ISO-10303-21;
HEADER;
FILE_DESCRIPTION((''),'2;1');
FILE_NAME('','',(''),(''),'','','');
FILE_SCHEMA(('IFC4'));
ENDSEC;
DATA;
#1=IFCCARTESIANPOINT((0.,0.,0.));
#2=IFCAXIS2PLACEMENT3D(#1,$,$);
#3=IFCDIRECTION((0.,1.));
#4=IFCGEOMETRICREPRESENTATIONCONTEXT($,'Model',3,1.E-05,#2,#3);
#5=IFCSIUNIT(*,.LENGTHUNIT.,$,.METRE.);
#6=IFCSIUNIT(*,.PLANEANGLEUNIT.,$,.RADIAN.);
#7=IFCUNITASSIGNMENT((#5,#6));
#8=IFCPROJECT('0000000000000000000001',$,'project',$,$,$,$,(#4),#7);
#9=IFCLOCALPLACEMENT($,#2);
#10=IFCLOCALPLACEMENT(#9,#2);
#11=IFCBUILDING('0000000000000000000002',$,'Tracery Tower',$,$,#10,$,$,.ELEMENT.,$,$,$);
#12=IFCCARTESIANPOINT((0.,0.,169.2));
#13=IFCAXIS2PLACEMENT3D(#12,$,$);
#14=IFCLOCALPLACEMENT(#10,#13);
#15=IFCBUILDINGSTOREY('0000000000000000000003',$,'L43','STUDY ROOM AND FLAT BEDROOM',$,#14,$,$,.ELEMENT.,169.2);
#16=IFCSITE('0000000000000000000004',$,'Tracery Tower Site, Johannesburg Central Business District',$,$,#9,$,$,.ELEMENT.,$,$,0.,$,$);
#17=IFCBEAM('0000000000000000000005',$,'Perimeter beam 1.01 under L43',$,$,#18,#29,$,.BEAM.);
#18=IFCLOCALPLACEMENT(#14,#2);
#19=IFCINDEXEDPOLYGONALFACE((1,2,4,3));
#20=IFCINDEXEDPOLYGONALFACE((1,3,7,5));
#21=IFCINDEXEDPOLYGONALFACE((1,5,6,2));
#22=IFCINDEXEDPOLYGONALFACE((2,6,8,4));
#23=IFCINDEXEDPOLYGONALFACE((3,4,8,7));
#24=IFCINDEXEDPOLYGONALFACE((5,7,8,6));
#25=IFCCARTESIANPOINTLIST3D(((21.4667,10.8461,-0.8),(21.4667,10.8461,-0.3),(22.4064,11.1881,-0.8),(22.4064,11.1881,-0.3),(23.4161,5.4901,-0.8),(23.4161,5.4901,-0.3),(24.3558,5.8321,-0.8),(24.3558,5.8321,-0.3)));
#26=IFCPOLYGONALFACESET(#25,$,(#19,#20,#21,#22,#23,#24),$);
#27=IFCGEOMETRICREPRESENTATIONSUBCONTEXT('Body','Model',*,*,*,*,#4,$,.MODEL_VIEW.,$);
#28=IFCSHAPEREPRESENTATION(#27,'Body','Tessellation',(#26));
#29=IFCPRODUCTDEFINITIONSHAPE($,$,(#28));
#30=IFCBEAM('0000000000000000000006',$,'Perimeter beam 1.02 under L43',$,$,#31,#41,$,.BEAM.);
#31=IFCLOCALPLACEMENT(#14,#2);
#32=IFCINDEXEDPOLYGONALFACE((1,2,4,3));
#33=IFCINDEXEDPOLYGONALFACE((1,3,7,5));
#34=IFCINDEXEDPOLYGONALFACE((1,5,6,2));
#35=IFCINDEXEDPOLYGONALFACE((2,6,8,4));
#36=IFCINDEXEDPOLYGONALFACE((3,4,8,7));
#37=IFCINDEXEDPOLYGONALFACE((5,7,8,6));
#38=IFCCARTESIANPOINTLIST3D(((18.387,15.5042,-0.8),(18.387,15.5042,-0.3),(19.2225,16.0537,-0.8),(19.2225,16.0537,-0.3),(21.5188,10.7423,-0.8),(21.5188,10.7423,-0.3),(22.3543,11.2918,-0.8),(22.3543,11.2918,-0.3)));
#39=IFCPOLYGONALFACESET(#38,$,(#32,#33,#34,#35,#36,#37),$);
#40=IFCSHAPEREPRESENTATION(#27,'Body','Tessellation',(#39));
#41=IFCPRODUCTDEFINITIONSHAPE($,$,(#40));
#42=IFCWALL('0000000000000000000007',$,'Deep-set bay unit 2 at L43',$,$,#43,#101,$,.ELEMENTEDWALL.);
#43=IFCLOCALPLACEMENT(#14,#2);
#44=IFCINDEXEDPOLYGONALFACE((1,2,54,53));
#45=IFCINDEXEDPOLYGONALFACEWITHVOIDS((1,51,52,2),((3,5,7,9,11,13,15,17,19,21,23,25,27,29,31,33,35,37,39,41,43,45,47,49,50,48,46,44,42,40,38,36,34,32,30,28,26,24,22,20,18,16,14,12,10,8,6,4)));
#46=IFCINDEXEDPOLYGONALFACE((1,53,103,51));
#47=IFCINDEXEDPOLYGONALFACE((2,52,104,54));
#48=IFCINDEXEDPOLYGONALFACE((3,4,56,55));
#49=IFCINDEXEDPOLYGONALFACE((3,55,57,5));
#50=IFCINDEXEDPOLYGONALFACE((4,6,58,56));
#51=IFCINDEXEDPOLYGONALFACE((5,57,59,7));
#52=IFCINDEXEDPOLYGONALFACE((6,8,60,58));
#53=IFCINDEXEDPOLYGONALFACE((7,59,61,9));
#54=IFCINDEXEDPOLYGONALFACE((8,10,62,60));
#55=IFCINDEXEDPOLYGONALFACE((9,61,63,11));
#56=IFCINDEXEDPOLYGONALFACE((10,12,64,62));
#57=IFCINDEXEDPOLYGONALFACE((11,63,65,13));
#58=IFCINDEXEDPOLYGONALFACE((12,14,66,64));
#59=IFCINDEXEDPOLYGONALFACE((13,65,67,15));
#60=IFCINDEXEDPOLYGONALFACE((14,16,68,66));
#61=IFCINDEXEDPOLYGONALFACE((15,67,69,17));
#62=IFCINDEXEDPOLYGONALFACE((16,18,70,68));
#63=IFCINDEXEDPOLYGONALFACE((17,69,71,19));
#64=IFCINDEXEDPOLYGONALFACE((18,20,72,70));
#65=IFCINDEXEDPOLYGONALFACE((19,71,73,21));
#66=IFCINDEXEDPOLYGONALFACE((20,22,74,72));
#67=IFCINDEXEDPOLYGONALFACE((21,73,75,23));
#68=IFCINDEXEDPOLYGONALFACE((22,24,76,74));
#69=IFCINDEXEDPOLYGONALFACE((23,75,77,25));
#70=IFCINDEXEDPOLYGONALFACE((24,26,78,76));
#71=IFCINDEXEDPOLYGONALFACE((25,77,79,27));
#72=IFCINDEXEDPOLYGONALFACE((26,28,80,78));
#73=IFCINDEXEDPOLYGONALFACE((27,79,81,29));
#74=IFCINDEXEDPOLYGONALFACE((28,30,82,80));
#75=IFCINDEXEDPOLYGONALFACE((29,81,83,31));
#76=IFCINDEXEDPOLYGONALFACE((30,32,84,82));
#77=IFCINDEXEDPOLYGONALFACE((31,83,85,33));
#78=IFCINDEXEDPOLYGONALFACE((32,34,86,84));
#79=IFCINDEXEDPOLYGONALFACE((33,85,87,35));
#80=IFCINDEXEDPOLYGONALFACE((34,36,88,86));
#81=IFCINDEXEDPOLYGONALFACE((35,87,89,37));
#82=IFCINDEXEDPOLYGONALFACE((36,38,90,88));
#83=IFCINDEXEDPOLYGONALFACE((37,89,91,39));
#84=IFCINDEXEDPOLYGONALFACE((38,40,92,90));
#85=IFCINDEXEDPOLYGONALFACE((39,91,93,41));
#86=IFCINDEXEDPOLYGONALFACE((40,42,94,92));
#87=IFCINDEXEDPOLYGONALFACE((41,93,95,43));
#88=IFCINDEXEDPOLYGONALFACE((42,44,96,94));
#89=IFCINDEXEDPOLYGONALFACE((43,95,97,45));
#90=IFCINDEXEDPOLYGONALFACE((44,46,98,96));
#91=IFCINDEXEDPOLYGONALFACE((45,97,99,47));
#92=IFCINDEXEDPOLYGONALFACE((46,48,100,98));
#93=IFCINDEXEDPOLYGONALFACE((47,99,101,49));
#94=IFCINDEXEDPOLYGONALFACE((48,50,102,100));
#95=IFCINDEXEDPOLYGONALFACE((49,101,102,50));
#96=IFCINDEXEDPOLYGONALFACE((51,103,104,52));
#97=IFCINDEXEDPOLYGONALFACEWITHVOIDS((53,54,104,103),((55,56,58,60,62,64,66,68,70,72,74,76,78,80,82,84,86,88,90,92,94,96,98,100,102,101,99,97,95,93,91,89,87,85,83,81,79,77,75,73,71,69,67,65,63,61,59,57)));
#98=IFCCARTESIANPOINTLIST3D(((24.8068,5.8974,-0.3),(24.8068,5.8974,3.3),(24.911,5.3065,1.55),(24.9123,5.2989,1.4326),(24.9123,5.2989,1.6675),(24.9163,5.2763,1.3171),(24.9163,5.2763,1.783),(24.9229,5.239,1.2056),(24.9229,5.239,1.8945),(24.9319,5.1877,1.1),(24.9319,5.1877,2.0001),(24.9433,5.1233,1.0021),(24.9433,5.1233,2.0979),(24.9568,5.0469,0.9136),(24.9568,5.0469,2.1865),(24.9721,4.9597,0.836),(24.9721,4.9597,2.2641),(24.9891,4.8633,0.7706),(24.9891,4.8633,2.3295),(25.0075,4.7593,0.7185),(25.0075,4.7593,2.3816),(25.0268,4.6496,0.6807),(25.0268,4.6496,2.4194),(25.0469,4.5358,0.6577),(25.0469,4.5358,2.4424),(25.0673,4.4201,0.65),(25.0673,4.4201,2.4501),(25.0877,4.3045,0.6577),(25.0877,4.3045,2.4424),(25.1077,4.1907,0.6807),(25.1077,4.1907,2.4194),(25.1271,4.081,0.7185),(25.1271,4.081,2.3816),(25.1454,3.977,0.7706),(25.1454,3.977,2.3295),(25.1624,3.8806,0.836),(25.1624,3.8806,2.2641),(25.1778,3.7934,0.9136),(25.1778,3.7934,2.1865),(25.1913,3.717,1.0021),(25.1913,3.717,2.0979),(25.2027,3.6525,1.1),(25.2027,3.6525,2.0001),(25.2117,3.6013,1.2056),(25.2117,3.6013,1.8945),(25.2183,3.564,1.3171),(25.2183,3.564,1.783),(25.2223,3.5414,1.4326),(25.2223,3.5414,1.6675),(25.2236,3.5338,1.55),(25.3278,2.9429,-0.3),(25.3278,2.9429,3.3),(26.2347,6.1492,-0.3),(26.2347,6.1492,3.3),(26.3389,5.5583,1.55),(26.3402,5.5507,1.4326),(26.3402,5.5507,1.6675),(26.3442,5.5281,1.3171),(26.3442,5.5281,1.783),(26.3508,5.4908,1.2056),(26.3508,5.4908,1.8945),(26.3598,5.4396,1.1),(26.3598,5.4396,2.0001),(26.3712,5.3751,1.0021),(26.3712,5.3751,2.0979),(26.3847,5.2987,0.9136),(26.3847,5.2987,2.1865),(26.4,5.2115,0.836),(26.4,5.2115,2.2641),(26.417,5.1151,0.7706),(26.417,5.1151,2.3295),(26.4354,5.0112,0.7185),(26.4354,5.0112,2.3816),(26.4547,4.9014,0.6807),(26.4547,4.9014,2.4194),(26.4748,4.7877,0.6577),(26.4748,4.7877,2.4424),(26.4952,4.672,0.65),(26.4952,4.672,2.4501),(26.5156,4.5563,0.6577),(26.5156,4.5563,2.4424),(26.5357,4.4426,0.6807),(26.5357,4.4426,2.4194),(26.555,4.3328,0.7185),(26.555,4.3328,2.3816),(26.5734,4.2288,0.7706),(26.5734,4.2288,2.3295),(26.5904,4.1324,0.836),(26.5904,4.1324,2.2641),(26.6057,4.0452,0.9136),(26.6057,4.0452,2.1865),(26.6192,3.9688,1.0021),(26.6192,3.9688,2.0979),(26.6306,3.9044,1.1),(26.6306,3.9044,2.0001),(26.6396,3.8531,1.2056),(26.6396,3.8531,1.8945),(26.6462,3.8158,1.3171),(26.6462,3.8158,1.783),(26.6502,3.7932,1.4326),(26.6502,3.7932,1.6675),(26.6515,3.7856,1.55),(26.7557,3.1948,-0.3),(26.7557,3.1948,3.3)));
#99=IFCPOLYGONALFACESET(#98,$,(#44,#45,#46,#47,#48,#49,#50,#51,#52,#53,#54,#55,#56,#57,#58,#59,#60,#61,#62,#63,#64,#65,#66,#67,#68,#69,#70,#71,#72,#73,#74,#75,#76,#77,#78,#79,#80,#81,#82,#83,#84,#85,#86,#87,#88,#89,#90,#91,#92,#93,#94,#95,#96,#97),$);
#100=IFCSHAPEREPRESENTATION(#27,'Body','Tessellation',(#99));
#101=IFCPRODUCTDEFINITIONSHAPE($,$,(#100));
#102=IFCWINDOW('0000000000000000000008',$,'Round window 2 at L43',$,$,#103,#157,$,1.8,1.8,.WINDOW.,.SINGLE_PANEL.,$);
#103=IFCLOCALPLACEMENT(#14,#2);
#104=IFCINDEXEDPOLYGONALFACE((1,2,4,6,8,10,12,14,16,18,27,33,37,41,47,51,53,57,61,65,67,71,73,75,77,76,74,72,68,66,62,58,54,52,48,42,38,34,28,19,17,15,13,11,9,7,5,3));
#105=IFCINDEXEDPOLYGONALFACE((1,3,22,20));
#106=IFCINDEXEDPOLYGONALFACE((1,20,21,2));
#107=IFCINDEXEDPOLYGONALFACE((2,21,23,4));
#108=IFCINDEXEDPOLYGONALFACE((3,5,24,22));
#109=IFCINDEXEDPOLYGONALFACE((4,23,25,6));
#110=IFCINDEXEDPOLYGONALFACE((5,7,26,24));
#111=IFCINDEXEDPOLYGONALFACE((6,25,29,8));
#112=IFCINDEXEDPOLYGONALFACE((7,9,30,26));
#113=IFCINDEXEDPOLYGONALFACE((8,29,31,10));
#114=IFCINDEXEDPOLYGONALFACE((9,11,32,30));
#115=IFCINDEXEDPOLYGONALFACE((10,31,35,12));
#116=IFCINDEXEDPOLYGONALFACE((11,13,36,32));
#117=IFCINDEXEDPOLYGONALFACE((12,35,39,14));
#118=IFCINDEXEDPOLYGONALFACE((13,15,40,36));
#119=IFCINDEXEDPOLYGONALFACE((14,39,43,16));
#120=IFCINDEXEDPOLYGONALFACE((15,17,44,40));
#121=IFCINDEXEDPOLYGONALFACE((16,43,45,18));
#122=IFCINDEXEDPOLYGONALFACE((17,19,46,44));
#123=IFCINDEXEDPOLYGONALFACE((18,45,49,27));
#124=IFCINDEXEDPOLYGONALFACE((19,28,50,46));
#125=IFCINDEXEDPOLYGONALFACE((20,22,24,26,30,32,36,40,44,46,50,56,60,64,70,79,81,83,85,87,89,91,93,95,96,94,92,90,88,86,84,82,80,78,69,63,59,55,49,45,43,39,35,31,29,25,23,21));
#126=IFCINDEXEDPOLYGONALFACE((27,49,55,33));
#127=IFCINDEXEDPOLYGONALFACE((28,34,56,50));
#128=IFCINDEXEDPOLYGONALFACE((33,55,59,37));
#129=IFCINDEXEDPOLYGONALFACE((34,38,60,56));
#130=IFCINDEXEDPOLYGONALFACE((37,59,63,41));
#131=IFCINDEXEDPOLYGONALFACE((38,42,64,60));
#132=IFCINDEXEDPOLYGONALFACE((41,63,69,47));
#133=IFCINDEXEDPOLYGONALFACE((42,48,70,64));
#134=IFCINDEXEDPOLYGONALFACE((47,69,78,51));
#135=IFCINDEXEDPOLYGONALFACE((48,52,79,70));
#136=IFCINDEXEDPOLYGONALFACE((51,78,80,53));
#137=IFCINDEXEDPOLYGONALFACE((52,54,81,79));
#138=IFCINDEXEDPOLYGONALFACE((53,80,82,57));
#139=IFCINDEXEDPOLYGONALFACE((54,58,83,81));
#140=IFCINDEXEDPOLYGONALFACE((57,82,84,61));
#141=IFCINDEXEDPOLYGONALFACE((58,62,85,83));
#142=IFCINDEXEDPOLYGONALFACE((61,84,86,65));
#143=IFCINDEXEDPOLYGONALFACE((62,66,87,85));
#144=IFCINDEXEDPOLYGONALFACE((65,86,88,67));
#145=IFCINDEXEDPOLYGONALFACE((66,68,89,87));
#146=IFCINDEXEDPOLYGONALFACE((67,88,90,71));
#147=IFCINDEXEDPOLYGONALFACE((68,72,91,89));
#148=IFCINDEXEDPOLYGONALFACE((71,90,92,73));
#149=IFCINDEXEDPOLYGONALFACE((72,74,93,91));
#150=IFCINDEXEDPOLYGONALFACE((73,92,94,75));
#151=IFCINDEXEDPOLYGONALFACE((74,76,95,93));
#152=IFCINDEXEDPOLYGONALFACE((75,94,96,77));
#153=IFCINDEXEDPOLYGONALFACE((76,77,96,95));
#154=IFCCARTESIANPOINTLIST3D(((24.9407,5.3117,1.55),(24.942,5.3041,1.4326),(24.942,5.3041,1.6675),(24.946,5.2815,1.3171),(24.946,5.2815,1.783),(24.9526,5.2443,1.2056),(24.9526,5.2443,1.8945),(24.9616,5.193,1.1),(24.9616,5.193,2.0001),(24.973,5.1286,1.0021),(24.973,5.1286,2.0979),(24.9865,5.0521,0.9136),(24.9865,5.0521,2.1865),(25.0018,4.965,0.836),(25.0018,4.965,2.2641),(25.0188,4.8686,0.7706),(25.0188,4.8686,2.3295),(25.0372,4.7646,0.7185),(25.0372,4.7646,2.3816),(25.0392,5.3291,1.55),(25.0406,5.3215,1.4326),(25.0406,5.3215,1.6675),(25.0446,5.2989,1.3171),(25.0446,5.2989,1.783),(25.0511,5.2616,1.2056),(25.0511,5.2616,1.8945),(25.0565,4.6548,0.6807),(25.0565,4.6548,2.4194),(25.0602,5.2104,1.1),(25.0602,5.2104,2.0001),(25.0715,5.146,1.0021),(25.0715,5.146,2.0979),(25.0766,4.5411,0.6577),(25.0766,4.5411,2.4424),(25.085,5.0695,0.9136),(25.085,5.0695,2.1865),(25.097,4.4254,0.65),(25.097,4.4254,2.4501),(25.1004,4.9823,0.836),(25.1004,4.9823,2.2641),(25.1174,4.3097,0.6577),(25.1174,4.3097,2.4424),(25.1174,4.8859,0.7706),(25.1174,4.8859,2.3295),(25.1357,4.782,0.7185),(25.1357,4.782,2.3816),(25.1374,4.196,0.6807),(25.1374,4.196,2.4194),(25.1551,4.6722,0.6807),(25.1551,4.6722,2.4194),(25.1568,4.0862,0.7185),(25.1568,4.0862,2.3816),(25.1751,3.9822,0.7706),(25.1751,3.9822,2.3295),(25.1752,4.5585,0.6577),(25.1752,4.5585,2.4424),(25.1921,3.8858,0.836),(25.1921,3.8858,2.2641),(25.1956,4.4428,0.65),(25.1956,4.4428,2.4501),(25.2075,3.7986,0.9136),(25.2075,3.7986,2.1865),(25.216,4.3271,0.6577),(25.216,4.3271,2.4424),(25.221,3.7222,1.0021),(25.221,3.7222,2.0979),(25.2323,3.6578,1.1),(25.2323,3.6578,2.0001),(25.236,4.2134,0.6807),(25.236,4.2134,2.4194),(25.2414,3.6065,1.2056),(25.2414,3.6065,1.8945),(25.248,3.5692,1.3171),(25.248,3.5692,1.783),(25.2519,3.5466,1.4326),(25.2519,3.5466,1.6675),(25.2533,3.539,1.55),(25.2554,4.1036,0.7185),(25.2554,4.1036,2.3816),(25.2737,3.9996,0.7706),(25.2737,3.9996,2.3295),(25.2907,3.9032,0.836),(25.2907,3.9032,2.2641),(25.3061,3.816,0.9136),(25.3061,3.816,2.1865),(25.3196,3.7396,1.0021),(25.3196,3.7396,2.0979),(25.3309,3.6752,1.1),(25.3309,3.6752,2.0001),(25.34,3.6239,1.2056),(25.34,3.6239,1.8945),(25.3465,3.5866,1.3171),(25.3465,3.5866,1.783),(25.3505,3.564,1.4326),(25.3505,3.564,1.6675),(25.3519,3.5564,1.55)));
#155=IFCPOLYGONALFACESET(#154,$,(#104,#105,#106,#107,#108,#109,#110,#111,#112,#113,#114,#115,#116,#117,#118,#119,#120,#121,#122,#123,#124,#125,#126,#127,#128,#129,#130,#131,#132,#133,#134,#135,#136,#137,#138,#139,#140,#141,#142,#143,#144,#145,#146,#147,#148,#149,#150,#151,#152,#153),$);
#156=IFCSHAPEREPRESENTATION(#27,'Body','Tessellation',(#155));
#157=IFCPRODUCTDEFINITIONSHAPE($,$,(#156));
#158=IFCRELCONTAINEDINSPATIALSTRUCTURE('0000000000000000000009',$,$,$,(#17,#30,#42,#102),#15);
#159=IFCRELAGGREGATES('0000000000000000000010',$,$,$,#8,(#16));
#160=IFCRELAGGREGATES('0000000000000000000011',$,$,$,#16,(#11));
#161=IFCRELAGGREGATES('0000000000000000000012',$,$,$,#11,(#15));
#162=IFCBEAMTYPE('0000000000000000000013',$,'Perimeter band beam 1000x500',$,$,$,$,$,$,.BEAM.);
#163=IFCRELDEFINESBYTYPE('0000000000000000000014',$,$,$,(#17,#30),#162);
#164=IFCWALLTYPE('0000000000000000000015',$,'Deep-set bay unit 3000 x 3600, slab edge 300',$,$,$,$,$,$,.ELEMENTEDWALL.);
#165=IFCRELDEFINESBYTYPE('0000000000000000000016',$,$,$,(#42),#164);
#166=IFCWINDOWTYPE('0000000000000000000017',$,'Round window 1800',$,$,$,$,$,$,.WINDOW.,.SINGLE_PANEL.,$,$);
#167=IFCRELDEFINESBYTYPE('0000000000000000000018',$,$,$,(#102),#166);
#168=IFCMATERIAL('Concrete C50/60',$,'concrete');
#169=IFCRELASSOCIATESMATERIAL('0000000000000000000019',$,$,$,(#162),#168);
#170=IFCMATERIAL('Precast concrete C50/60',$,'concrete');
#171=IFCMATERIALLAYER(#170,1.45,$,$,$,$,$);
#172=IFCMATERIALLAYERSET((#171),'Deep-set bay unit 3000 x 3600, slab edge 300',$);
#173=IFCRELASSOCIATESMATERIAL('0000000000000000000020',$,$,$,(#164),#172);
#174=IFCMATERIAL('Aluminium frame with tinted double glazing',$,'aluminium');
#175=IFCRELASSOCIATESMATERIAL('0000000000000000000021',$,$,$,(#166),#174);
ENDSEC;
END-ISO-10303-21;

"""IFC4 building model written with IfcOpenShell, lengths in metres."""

from ifc_helpers import new_model, si_unit, direction, frame, frame_2d, origin, origin_2d, place, context, subcontext, project, spatial, rectangle, circle, extrude, material, layer, layer_set, material_profile, profile_set, type_object, element, fill, save


model = new_model("IFC4")

# Units and contexts
model_context = context("Model", 3, precision=1e-05, world=origin(), true_north=direction((0.0, 1.0)))
body_context = subcontext(model_context, "Body", "Model", "MODEL_VIEW")
ifc_project = project(units=[si_unit("LENGTHUNIT", "METRE"), si_unit("PLANEANGLEUNIT", "RADIAN")], contexts=[model_context])

# Site, building, storey
site_placement = place(None, origin())
site = spatial("IfcSite", under=ifc_project, at=site_placement, Name="Tracery Tower Site, Johannesburg Central Business District", CompositionType="ELEMENT", RefElevation=0.0)
building_placement = place(site_placement, origin())
building = spatial("IfcBuilding", under=site, at=building_placement, Name="Tracery Tower", CompositionType="ELEMENT")
storey_placement = place(building_placement, frame((0.0, 0.0, 169.2)))
storey = spatial("IfcBuildingStorey", under=building, at=storey_placement, Name="L43", Description="STUDY ROOM AND FLAT BEDROOM", CompositionType="ELEMENT", Elevation=169.2)

# Beams
ifc_material_1 = material(Name="Concrete C50/60", Category="concrete")
ifc_material_profile_1 = material_profile(ifc_material_1, rectangle(XDim=1.0, YDim=0.5, at=origin_2d()), Name="RC 1000x500")
ifc_profile_set_1 = profile_set([ifc_material_profile_1], Name="Concrete C50/60")
beam_type = type_object("IfcBeamType", Name="Perimeter band beam 1000x500", PredefinedType="BEAM", material=ifc_profile_set_1)
beam_1_placement = place(storey_placement, frame((23.886, 5.6611, -0.55), z_axis=(-0.342029, 0.93969, 0.0), x_axis=(-0.93969, -0.342029, 0.0)))
element("IfcBeam", 1, at=beam_1_placement, inside=storey, type_object=beam_type, Name="Perimeter beam 1.01 under L43", PredefinedType="BEAM", context=body_context, shape_type="SweptSolid", body=[
    extrude(rectangle(XDim=1.0, YDim=0.5, at=origin_2d()), origin(), (0.0, 0.0, 1.0), 5.6997),
])
beam_2_placement = place(storey_placement, frame((21.9365, 11.0171, -0.55), z_axis=(-0.54949, 0.8355, 0.0), x_axis=(-0.8355, -0.54949, 0.0)))
element("IfcBeam", 2, at=beam_2_placement, inside=storey, type_object=beam_type, Name="Perimeter beam 1.02 under L43", PredefinedType="BEAM", context=body_context, shape_type="SweptSolid", body=[
    extrude(rectangle(XDim=1.0, YDim=0.5, at=origin_2d()), origin(), (0.0, 0.0, 1.0), 5.6995),
])

# Wall, opening, window
ifc_material_2 = material(Name="Precast concrete C50/60", Category="concrete")
ifc_layer_1 = layer(ifc_material_2, 1.45)
ifc_layer_set_1 = layer_set([ifc_layer_1], Name="Deep-set bay unit 3000 x 3600, slab edge 300")
wall_type_1 = type_object("IfcWallType", Name="Deep-set bay unit 3000 x 3600, slab edge 300", PredefinedType="ELEMENTEDWALL", material=ifc_layer_set_1)
wall_1_placement = place(storey_placement, frame((26.0417, 3.0688, -0.3), z_axis=(0.0, 0.0, 1.0), x_axis=(-0.173669, 0.984804, 0.0)))
wall_1 = element("IfcWall", 3, at=wall_1_placement, inside=storey, type_object=wall_type_1, Name="Deep-set bay unit 2 at L43", PredefinedType="ELEMENTEDWALL", context=body_context, shape_type="SweptSolid", body=[
    extrude(rectangle(XDim=3.0, YDim=1.45, at=frame_2d((1.5, 0.0))), origin(), (0.0, 0.0, 1.0), 3.6001),
])
opening_1_placement = place(wall_1_placement, frame((1.5, 0.0, 1.8501)))
opening_1 = element("IfcOpeningElement", 4, at=opening_1_placement, cuts=wall_1, PredefinedType="OPENING", context=body_context, shape_type="SweptSolid", body=[
    extrude(circle(Radius=0.9, at=origin_2d()), frame((0.0, 0.7349, 0.0), z_axis=(0.0, -1.0, 0.0), x_axis=(1.0, 0.0, 0.0)), (0.0, 0.0, 1.0), 1.47),
])
ifc_material_3 = material(Name="Aluminium frame with tinted double glazing", Category="aluminium")
window_type = type_object("IfcWindowType", Name="Round window 1800", PartitioningType="SINGLE_PANEL", PredefinedType="WINDOW", material=ifc_material_3)
window_1_placement = place(opening_1_placement, origin())
window_1 = element("IfcWindow", 5, at=window_1_placement, inside=storey, type_object=window_type, Name="Round window 2 at L43", OverallHeight=1.8, OverallWidth=1.8, PartitioningType="SINGLE_PANEL", PredefinedType="WINDOW", context=body_context, shape_type="SweptSolid", body=[
    extrude(circle(Radius=0.9, at=origin_2d()), frame((0.0, 0.6948, 0.0), z_axis=(0.0, -1.0, 0.0), x_axis=(1.0, 0.0, 0.0)), (0.0, 0.0, 1.0), 0.1001),
])
fill(opening_1, window_1)

save(model, "model.ifc")
